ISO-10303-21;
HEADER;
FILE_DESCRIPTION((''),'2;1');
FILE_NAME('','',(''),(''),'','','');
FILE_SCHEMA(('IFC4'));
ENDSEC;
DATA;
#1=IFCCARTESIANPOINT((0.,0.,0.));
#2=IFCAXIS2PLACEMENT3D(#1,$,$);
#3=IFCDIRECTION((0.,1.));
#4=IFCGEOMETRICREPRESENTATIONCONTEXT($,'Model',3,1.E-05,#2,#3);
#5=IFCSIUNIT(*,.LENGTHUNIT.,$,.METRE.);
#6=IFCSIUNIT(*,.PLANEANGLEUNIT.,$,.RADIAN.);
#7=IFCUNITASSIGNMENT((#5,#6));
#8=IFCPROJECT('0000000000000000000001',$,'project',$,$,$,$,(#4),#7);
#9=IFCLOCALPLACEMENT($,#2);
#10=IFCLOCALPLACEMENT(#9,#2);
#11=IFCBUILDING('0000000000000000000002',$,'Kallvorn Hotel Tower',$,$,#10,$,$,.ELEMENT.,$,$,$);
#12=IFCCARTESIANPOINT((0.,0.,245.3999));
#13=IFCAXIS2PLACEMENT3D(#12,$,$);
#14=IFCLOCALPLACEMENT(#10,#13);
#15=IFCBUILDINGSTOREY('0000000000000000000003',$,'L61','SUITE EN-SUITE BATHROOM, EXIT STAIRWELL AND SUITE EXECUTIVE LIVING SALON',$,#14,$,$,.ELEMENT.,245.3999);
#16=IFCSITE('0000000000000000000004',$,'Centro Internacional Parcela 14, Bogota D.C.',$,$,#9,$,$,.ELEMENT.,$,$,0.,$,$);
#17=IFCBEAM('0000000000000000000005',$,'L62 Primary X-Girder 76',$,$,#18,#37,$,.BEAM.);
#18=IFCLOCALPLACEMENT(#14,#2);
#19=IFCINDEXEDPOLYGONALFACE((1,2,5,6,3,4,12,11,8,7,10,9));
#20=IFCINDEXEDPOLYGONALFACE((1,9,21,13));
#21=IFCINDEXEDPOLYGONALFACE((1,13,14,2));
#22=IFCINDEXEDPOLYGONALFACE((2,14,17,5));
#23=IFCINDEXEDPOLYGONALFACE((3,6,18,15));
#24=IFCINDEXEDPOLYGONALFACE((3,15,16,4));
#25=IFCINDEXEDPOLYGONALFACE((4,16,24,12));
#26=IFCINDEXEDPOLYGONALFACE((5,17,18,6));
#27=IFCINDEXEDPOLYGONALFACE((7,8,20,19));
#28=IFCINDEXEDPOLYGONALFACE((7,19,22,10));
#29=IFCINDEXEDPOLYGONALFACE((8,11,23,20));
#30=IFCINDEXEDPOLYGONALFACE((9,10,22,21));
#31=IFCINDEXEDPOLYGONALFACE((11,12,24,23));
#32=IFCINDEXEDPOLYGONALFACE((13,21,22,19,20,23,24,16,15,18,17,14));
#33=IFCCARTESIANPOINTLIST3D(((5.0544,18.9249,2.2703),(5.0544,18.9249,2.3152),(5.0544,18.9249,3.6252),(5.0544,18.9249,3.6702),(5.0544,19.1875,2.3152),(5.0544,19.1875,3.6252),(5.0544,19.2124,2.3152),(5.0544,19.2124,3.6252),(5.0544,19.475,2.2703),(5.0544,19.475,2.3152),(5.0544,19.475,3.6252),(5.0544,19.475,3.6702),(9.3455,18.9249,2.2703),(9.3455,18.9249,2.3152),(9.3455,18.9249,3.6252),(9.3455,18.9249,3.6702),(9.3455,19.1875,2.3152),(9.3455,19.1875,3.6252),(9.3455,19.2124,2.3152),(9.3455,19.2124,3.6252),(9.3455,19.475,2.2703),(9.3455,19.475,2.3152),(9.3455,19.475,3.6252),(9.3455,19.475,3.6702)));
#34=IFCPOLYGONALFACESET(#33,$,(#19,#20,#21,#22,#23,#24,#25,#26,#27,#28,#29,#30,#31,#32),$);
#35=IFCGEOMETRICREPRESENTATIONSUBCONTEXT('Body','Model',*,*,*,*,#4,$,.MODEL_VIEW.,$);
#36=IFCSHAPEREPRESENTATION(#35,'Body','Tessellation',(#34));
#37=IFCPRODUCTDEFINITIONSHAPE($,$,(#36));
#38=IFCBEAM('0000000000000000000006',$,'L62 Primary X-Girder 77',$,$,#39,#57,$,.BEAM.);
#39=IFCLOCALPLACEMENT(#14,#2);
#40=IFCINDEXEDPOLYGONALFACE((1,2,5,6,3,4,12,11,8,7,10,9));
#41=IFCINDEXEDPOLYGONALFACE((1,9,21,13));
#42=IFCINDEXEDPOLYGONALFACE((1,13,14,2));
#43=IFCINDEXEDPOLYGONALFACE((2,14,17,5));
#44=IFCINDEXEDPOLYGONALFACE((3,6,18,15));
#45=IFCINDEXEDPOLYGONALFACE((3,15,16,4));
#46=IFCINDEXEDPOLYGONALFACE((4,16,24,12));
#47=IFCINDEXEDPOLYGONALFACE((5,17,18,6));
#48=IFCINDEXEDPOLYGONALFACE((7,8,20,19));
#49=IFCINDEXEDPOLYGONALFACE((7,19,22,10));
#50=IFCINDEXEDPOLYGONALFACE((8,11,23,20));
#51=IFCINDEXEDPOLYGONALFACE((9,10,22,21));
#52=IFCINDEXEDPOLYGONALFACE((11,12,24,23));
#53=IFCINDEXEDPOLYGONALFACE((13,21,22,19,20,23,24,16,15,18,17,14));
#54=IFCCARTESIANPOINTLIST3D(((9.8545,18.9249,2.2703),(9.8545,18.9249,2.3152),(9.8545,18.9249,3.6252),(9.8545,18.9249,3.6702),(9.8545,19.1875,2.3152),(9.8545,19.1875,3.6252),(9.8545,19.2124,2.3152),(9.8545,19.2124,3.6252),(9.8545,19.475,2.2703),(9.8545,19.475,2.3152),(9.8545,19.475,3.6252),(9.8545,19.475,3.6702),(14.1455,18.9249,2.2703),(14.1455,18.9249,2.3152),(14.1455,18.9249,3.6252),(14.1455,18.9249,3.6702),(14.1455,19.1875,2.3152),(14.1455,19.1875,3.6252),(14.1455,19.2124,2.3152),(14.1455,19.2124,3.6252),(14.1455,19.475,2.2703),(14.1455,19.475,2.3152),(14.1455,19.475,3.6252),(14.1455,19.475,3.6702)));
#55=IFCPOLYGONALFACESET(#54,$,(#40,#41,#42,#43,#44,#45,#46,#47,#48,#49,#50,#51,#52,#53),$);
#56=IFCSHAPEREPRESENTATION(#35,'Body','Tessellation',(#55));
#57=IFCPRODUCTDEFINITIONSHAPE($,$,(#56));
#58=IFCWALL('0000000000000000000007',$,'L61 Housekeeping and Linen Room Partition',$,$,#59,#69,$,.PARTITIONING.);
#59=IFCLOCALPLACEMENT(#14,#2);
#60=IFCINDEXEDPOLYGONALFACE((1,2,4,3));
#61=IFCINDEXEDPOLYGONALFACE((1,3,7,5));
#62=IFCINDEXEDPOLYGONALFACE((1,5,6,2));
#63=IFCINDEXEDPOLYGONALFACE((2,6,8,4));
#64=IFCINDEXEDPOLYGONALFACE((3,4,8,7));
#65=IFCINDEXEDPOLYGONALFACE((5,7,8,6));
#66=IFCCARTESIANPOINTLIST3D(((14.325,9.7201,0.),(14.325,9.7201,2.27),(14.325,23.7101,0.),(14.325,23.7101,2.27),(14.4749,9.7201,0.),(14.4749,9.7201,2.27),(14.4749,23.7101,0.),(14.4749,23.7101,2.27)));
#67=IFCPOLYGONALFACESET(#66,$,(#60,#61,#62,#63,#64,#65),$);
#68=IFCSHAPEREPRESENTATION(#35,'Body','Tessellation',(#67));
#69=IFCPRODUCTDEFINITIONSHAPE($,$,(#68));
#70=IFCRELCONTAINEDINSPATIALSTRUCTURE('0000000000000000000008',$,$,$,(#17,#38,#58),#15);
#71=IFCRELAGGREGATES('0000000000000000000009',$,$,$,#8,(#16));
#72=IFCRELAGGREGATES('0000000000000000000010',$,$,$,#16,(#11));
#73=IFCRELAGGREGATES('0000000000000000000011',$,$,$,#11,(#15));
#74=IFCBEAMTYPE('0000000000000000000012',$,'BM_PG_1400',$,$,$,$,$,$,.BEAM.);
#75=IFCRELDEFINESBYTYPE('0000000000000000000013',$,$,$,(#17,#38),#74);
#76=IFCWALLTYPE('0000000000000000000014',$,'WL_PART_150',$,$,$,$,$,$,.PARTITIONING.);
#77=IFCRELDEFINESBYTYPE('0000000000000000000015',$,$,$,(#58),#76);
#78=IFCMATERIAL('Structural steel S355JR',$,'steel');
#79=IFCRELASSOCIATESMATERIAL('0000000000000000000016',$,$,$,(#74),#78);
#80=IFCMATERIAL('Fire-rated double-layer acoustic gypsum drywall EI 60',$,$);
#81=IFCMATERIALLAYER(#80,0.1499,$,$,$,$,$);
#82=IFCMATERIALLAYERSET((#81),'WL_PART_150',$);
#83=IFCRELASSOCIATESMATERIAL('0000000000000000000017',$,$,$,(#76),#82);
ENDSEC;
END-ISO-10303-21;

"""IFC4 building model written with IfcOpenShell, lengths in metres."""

from ifc_helpers import new_model, si_unit, direction, frame, frame_2d, origin, origin_2d, place, context, subcontext, project, spatial, rectangle, i_section, extrude, material, layer, layer_set, material_profile, profile_set, type_object, element, save


model = new_model("IFC4")

# Units and contexts
model_context = context("Model", 3, precision=1e-05, world=origin(), true_north=direction((0.0, 1.0)))
body_context = subcontext(model_context, "Body", "Model", "MODEL_VIEW")
ifc_project = project(units=[si_unit("LENGTHUNIT", "METRE"), si_unit("PLANEANGLEUNIT", "RADIAN")], contexts=[model_context])

# Site, building, storey
site_placement = place(None, origin())
site = spatial("IfcSite", under=ifc_project, at=site_placement, Name="Centro Internacional Parcela 14, Bogota D.C.", CompositionType="ELEMENT", RefElevation=0.0)
building_placement = place(site_placement, origin())
building = spatial("IfcBuilding", under=site, at=building_placement, Name="Kallvorn Hotel Tower", CompositionType="ELEMENT")
storey_placement = place(building_placement, frame((0.0, 0.0, 245.3999)))
storey = spatial("IfcBuildingStorey", under=building, at=storey_placement, Name="L61", Description="SUITE EN-SUITE BATHROOM, EXIT STAIRWELL AND SUITE EXECUTIVE LIVING SALON", CompositionType="ELEMENT", Elevation=245.3999)

# Beams
ifc_material_1 = material(Name="Structural steel S355JR", Category="steel")
ifc_material_profile_1 = material_profile(ifc_material_1, i_section(OverallWidth=0.55, OverallDepth=1.3999, WebThickness=0.0249, FlangeThickness=0.0449, at=origin_2d()), Name="PG 1400x550x25x45")
ifc_profile_set_1 = profile_set([ifc_material_profile_1], Name="Structural steel S355JR")
beam_type_1 = type_object("IfcBeamType", Name="BM_PG_1400", PredefinedType="BEAM", material=ifc_profile_set_1)
for number, where, z_axis, x_axis, name in (
    (1, (5.0544, 19.2, 2.9702), (1.0, 0.0, 0.0), (0.0, 1.0, 0.0), "L62 Primary X-Girder 76"),
    (2, (9.8545, 19.2, 2.9702), (1.0, 0.0, 0.0), (0.0, 1.0, 0.0), "L62 Primary X-Girder 77"),
):
    element("IfcBeam", number, at=place(storey_placement, frame(where, z_axis=z_axis, x_axis=x_axis)), inside=storey, type_object=beam_type_1, Name=name, PredefinedType="BEAM", context=body_context, shape_type="SweptSolid", body=[
        extrude(i_section(OverallWidth=0.55, OverallDepth=1.3999, WebThickness=0.0249, FlangeThickness=0.0449, at=origin_2d()), origin(), (0.0, 0.0, 1.0), 4.291),
    ])

# Wall
ifc_material_2 = material(Name="Fire-rated double-layer acoustic gypsum drywall EI 60")
ifc_layer = layer(ifc_material_2, 0.1499)
ifc_layer_set = layer_set([ifc_layer], Name="WL_PART_150")
wall_type = type_object("IfcWallType", Name="WL_PART_150", PredefinedType="PARTITIONING", material=ifc_layer_set)
wall_placement = place(storey_placement, frame((14.3999, 9.72, 0.0), z_axis=(0.0, 0.0, 1.0), x_axis=(0.0, 1.0, 0.0)))
element("IfcWall", 3, at=wall_placement, inside=storey, type_object=wall_type, Name="L61 Housekeeping and Linen Room Partition", PredefinedType="PARTITIONING", context=body_context, shape_type="SweptSolid", body=[
    extrude(rectangle(XDim=13.99, YDim=0.1499, at=frame_2d((6.9951, 0.0))), origin(), (0.0, 0.0, 1.0), 2.27),
])

save(model, "model.ifc")
